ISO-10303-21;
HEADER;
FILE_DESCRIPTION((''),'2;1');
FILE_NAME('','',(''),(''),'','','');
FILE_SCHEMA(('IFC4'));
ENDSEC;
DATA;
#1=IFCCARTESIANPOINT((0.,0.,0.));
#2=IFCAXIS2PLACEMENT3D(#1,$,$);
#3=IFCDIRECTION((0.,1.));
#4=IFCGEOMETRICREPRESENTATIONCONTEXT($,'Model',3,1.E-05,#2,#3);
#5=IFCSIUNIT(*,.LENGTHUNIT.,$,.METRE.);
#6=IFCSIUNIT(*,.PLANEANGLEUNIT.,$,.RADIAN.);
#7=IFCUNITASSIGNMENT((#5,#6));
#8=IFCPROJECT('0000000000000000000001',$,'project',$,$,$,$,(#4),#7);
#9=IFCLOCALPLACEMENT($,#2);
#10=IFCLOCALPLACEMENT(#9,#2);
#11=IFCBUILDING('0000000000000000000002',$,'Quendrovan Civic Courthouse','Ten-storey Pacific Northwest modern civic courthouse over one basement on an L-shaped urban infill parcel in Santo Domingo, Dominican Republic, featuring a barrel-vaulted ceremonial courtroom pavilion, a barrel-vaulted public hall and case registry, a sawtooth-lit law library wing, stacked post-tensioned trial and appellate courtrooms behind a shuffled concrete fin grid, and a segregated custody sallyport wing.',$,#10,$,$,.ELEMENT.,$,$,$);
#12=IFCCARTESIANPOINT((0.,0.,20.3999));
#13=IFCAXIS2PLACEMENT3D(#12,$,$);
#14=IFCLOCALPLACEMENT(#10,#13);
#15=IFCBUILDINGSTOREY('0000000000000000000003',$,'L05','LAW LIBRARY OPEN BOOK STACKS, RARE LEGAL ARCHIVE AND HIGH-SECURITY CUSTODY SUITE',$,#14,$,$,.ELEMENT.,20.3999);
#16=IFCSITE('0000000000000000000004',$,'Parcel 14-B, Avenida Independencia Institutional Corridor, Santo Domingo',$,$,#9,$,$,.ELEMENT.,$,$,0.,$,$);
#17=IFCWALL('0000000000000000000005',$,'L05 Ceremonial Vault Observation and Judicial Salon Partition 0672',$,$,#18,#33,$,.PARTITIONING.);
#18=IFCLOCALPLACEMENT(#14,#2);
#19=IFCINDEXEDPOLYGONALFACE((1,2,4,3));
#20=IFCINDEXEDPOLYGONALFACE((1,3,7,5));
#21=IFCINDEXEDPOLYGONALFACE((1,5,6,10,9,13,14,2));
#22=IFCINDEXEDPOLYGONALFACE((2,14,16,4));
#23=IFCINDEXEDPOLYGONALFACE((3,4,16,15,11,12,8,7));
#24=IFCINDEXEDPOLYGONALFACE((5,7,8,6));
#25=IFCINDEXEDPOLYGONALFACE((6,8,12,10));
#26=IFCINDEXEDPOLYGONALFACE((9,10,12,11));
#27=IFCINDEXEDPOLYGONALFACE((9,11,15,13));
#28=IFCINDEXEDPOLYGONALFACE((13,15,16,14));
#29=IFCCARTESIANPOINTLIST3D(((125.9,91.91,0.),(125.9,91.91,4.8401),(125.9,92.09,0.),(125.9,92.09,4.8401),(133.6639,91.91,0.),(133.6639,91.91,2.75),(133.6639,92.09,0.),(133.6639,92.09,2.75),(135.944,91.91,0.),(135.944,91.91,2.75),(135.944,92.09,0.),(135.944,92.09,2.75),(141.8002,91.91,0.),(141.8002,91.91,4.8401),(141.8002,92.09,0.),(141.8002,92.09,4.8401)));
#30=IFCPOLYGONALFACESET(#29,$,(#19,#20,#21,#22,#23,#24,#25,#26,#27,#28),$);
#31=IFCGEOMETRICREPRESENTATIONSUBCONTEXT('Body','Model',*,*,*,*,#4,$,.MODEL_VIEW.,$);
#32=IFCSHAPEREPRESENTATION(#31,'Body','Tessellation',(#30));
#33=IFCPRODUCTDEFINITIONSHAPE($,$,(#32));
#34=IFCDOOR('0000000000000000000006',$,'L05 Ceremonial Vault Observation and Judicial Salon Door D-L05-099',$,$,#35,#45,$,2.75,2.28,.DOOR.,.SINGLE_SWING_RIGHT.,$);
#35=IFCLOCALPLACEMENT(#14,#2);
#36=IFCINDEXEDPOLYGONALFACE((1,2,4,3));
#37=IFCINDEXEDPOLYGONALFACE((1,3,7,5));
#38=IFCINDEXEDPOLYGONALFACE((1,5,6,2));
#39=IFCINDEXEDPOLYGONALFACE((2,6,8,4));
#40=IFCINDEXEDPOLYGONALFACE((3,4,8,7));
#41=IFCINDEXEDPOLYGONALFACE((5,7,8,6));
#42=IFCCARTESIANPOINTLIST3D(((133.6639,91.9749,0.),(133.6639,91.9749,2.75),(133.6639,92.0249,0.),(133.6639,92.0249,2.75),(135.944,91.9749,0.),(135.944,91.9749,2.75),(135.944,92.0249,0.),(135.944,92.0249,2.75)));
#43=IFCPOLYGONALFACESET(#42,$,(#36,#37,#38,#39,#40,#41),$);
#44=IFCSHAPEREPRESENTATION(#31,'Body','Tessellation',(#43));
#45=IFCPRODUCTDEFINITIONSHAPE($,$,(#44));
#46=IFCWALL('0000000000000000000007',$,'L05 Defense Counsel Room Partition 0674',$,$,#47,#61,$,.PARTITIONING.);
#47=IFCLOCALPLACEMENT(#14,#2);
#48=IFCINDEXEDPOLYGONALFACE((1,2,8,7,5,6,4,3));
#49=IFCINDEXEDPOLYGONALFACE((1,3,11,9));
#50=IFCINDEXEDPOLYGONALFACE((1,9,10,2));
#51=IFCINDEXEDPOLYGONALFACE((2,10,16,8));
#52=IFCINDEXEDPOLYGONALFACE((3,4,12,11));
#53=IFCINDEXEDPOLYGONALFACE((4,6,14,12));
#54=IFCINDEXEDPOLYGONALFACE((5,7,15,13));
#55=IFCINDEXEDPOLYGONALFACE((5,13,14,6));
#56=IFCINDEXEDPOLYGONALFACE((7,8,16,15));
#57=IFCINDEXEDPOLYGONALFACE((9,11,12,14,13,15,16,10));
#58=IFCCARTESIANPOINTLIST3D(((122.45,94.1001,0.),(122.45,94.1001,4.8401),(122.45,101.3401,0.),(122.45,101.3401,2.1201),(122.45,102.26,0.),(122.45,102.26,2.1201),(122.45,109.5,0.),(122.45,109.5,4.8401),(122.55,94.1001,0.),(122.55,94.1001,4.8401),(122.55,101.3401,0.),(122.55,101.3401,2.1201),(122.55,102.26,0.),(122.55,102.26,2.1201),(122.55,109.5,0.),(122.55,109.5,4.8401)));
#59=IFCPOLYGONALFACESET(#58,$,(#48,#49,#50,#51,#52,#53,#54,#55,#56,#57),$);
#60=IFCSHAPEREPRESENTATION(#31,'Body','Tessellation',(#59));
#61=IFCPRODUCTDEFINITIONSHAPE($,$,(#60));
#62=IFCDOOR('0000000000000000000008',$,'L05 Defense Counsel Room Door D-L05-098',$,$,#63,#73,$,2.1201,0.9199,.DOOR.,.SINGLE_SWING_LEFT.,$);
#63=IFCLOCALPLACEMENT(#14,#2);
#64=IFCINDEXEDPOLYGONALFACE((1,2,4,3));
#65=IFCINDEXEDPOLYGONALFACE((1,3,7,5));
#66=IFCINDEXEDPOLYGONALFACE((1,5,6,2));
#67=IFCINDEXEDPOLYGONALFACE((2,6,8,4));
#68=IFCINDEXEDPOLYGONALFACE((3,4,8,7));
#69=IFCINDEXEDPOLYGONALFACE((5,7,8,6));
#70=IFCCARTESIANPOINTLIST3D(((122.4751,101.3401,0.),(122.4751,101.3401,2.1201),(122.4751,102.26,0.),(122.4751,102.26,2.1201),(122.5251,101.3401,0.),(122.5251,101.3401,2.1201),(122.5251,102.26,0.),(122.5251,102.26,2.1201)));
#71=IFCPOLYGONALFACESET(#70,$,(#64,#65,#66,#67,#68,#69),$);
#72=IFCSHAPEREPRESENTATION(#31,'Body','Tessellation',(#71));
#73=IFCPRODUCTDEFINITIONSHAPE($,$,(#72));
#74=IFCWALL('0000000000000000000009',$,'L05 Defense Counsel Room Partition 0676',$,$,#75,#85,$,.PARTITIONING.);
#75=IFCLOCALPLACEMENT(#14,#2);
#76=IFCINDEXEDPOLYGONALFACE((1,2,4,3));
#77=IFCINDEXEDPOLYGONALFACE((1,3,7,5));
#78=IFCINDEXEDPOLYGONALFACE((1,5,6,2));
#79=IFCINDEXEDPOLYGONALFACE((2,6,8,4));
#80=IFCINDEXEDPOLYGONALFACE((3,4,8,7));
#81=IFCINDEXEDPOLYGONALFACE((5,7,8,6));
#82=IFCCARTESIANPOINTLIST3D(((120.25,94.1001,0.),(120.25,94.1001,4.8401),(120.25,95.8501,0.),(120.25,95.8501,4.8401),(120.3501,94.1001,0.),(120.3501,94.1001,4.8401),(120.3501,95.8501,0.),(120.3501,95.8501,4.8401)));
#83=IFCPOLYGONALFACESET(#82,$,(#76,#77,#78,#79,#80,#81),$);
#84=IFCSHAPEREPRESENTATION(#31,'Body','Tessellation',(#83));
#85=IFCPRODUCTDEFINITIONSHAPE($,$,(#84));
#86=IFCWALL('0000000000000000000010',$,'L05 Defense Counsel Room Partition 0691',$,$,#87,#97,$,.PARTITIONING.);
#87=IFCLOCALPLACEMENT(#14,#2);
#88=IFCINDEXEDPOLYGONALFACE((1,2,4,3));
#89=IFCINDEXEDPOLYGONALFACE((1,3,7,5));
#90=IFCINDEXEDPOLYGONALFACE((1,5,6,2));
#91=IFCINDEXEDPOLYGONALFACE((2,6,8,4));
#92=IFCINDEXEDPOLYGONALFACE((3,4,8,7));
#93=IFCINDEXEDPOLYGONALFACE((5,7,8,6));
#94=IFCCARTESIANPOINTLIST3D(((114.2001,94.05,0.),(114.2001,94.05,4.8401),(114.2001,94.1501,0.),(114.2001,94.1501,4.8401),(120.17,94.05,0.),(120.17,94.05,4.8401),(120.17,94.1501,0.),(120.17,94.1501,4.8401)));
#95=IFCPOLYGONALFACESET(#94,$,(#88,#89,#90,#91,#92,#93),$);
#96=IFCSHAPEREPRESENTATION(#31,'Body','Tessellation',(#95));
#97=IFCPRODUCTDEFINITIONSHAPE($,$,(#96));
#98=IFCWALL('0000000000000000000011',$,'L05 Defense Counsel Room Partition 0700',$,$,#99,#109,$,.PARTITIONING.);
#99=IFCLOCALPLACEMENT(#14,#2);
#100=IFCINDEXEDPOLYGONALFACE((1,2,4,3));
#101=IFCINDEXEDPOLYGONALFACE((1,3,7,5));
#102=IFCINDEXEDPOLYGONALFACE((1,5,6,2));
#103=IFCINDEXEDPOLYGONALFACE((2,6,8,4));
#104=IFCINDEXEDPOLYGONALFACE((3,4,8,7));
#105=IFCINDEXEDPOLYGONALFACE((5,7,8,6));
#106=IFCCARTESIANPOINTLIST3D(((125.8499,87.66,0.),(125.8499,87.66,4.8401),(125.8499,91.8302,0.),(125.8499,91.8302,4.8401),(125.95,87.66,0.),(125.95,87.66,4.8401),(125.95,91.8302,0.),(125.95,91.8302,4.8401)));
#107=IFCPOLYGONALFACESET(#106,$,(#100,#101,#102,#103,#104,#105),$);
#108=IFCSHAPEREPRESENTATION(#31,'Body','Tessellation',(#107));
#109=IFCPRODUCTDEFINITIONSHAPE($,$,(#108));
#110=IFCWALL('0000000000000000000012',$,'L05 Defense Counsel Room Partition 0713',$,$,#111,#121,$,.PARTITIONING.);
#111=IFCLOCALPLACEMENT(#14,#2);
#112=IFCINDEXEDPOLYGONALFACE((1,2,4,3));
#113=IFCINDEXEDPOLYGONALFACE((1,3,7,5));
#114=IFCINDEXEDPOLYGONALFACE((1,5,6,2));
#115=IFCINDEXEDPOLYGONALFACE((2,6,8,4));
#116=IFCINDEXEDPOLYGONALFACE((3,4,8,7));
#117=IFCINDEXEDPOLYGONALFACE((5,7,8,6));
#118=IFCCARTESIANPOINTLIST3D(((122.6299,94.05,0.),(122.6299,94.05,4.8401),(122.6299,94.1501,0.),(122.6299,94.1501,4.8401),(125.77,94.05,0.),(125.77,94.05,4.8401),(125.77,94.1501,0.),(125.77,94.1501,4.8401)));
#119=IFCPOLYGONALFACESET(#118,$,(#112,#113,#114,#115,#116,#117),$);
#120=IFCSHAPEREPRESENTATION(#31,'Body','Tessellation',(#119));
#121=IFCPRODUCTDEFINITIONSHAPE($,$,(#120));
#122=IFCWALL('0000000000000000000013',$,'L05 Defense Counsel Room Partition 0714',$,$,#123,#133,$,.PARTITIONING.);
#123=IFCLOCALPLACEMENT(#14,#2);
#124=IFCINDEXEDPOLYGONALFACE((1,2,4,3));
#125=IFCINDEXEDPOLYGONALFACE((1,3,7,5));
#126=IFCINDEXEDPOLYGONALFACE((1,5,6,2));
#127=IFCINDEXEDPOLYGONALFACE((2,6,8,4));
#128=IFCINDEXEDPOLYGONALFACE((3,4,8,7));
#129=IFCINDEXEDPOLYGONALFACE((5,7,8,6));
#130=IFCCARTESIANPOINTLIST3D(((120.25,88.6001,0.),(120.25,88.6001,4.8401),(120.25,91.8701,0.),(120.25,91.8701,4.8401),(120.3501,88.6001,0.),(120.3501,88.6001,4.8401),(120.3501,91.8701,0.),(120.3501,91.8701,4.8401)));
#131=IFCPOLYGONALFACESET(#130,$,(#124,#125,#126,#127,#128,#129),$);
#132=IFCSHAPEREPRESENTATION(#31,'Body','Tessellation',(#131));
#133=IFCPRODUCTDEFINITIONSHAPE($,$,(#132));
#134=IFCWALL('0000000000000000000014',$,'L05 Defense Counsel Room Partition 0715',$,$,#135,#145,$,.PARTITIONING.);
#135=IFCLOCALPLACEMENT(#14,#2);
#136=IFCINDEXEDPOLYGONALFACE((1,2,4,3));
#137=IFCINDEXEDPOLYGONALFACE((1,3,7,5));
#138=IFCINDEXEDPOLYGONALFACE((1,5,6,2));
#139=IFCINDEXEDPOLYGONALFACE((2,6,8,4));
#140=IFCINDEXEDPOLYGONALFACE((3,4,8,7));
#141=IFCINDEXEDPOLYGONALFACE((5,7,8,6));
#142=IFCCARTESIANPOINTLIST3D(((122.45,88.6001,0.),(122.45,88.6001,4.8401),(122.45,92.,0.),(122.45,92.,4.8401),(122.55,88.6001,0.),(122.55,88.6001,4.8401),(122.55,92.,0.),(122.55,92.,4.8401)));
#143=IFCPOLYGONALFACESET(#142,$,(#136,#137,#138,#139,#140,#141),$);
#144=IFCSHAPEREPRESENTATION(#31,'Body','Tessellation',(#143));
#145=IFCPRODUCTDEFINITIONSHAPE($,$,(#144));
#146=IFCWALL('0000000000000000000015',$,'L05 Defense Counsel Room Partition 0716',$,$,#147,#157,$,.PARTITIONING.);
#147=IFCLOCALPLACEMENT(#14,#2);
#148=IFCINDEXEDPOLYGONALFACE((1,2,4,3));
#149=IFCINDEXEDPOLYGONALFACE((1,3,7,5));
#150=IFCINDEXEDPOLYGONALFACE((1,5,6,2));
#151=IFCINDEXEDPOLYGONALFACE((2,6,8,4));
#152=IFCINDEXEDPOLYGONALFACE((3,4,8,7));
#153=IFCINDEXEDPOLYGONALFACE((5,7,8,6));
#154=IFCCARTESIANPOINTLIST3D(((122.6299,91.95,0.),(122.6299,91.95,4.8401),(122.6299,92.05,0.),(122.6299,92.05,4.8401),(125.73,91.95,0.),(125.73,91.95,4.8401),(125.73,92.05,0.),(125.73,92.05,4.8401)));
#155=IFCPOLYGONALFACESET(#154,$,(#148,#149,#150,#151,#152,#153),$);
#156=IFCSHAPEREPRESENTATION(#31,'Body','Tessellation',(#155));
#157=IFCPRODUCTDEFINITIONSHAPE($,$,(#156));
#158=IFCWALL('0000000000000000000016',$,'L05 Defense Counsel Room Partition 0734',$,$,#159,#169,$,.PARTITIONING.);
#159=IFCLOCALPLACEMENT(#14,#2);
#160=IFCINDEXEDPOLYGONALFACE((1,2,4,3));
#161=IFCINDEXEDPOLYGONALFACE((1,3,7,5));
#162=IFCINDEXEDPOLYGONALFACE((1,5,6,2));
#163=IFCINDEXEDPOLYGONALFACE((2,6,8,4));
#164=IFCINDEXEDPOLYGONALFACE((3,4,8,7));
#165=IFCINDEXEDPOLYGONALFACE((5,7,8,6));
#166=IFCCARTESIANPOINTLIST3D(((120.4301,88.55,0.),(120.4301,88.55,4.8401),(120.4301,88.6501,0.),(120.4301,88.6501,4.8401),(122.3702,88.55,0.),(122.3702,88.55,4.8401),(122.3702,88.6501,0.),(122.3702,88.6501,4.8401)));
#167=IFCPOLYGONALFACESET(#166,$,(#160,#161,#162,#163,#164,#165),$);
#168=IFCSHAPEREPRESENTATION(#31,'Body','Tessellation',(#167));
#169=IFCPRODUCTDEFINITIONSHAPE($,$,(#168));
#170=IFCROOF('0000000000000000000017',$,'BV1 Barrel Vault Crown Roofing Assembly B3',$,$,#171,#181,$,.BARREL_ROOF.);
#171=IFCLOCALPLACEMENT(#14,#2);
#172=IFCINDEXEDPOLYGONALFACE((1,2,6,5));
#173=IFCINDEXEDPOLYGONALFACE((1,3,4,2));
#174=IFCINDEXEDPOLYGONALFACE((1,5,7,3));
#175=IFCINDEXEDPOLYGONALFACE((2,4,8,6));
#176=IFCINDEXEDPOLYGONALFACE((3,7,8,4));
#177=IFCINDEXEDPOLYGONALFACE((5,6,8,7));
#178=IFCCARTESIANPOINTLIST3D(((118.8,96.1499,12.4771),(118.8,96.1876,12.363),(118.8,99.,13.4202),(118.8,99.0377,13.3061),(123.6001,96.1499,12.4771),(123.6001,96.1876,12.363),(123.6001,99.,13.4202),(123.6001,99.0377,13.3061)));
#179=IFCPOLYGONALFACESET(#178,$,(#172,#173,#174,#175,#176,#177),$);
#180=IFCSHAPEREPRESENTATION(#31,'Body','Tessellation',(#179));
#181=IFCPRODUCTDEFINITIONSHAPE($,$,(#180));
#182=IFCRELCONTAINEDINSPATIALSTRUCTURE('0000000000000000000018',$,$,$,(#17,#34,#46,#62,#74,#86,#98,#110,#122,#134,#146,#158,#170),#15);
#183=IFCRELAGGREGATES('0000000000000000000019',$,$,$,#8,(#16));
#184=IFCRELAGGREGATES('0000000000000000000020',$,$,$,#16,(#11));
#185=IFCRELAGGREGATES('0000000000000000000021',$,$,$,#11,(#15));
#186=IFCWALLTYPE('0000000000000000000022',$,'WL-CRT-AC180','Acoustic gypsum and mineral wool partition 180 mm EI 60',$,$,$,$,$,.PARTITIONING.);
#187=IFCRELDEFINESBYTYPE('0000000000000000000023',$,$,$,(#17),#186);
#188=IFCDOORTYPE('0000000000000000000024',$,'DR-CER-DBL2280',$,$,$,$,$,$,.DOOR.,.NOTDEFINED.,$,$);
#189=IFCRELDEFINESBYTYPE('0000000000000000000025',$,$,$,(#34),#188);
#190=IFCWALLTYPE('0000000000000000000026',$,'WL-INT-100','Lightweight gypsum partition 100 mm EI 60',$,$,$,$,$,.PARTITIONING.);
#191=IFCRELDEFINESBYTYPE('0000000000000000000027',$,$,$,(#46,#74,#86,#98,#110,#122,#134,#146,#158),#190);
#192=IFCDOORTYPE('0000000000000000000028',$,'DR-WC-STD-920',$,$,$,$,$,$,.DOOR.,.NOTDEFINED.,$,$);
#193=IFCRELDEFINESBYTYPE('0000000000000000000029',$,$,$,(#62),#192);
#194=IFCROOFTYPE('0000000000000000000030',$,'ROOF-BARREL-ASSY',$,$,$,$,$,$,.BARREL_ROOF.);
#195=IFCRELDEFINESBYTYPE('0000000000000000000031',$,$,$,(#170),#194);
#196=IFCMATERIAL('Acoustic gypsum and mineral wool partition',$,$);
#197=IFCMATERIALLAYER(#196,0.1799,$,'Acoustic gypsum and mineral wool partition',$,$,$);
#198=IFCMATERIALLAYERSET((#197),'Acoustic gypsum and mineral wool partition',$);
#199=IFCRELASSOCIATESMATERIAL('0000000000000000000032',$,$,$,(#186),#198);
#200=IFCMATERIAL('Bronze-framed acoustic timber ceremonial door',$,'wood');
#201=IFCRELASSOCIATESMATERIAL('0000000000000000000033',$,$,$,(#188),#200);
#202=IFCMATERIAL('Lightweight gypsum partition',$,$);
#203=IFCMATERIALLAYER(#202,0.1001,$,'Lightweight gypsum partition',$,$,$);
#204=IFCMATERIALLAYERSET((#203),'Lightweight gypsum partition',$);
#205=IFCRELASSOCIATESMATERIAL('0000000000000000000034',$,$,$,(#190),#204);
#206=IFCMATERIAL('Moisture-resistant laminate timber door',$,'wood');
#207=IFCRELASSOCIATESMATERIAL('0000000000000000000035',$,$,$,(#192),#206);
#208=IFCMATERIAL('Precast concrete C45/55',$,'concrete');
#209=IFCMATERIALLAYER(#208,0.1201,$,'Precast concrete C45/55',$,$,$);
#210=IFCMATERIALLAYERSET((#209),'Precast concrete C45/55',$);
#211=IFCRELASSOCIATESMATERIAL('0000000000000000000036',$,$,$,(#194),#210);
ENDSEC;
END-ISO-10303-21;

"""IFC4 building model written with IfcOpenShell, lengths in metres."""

from ifc_helpers import new_model, si_unit, direction, frame, frame_2d, origin, place, context, subcontext, project, spatial, polyline, rectangle, outline, extrude, material, layer, layer_set, type_object, element, fill, save


model = new_model("IFC4")

# Units and contexts
model_context = context("Model", 3, precision=1e-05, world=origin(), true_north=direction((0.0, 1.0)))
body_context = subcontext(model_context, "Body", "Model", "MODEL_VIEW")
ifc_project = project(units=[si_unit("LENGTHUNIT", "METRE"), si_unit("PLANEANGLEUNIT", "RADIAN")], contexts=[model_context])

# Site, building, storey
site_placement = place(None, origin())
site = spatial("IfcSite", under=ifc_project, at=site_placement, Name="Parcel 14-B, Avenida Independencia Institutional Corridor, Santo Domingo", CompositionType="ELEMENT", RefElevation=0.0)
building_placement = place(site_placement, origin())
building = spatial("IfcBuilding", under=site, at=building_placement, Name="Quendrovan Civic Courthouse", Description="Ten-storey Pacific Northwest modern civic courthouse over one basement on an L-shaped urban infill parcel in Santo Domingo, Dominican Republic, featuring a barrel-vaulted ceremonial courtroom pavilion, a barrel-vaulted public hall and case registry, a sawtooth-lit law library wing, stacked post-tensioned trial and appellate courtrooms behind a shuffled concrete fin grid, and a segregated custody sallyport wing.", CompositionType="ELEMENT")
storey_placement = place(building_placement, frame((0.0, 0.0, 20.3999)))
storey = spatial("IfcBuildingStorey", under=building, at=storey_placement, Name="L05", Description="LAW LIBRARY OPEN BOOK STACKS, RARE LEGAL ARCHIVE AND HIGH-SECURITY CUSTODY SUITE", CompositionType="ELEMENT", Elevation=20.3999)

# Walls, openings, doors
ifc_material_1 = material(Name="Acoustic gypsum and mineral wool partition")
ifc_layer_1 = layer(ifc_material_1, 0.1799, Name="Acoustic gypsum and mineral wool partition")
ifc_layer_set_1 = layer_set([ifc_layer_1], Name="Acoustic gypsum and mineral wool partition")
wall_type_1 = type_object("IfcWallType", Name="WL-CRT-AC180", Description="Acoustic gypsum and mineral wool partition 180 mm EI 60", PredefinedType="PARTITIONING", material=ifc_layer_set_1)
wall_1_placement = place(storey_placement, frame((125.8999, 92.0, 0.0), z_axis=(0.0, 0.0, 1.0), x_axis=(1.0, 0.0, 0.0)))
wall_1 = element("IfcWall", 1, at=wall_1_placement, inside=storey, type_object=wall_type_1, Name="L05 Ceremonial Vault Observation and Judicial Salon Partition 0672", PredefinedType="PARTITIONING", context=body_context, shape_type="SweptSolid", body=[
    extrude(rectangle(XDim=15.9001, YDim=0.1799, at=frame_2d((7.9502, 0.0))), origin(), (0.0, 0.0, 1.0), 4.8401),
])
opening_1_placement = place(wall_1_placement, frame((7.7639, 0.0, 0.0)))
opening_1 = element("IfcOpeningElement", 2, at=opening_1_placement, cuts=wall_1, PredefinedType="OPENING", context=body_context, shape_type="SweptSolid", body=[
    extrude(rectangle(XDim=2.28, YDim=2.75, at=frame_2d((1.1401, 1.375))), frame((0.0, 0.1001, 0.0), z_axis=(0.0, -1.0, 0.0), x_axis=(1.0, 0.0, 0.0)), (0.0, 0.0, 1.0), 0.2),
])
ifc_material_2 = material(Name="Bronze-framed acoustic timber ceremonial door", Category="wood")
door_type_1 = type_object("IfcDoorType", Name="DR-CER-DBL2280", OperationType="NOTDEFINED", PredefinedType="DOOR", material=ifc_material_2)
door_1_placement = place(opening_1_placement, origin())
door_1 = element("IfcDoor", 3, at=door_1_placement, inside=storey, type_object=door_type_1, Name="L05 Ceremonial Vault Observation and Judicial Salon Door D-L05-099", OperationType="SINGLE_SWING_RIGHT", OverallHeight=2.75, OverallWidth=2.28, PredefinedType="DOOR", context=body_context, shape_type="SweptSolid", body=[
    extrude(rectangle(XDim=2.28, YDim=2.75, at=frame_2d((1.1401, 1.375))), frame((0.0, 0.0249, 0.0), z_axis=(0.0, -1.0, 0.0), x_axis=(1.0, 0.0, 0.0)), (0.0, 0.0, 1.0), 0.05),
])
fill(opening_1, door_1)
ifc_material_3 = material(Name="Lightweight gypsum partition")
ifc_layer_2 = layer(ifc_material_3, 0.1001, Name="Lightweight gypsum partition")
ifc_layer_set_2 = layer_set([ifc_layer_2], Name="Lightweight gypsum partition")
wall_type_2 = type_object("IfcWallType", Name="WL-INT-100", Description="Lightweight gypsum partition 100 mm EI 60", PredefinedType="PARTITIONING", material=ifc_layer_set_2)
wall_2_placement = place(storey_placement, frame((122.5, 94.1001, 0.0), z_axis=(0.0, 0.0, 1.0), x_axis=(0.0, 1.0, 0.0)))
wall_2 = element("IfcWall", 4, at=wall_2_placement, inside=storey, type_object=wall_type_2, Name="L05 Defense Counsel Room Partition 0674", PredefinedType="PARTITIONING", context=body_context, shape_type="SweptSolid", body=[
    extrude(rectangle(XDim=15.3999, YDim=0.1001, at=frame_2d((7.7, 0.0))), origin(), (0.0, 0.0, 1.0), 4.8401),
])
opening_2_placement = place(wall_2_placement, frame((7.24, 0.0, 0.0)))
opening_2 = element("IfcOpeningElement", 5, at=opening_2_placement, cuts=wall_2, PredefinedType="OPENING", context=body_context, shape_type="SweptSolid", body=[
    extrude(rectangle(XDim=0.9199, YDim=2.1201, at=frame_2d((0.46, 1.0601))), frame((0.0, 0.0601, 0.0), z_axis=(0.0, -1.0, 0.0), x_axis=(1.0, 0.0, 0.0)), (0.0, 0.0, 1.0), 0.1201),
])
ifc_material_4 = material(Name="Moisture-resistant laminate timber door", Category="wood")
door_type_2 = type_object("IfcDoorType", Name="DR-WC-STD-920", OperationType="NOTDEFINED", PredefinedType="DOOR", material=ifc_material_4)
door_2_placement = place(opening_2_placement, origin())
door_2 = element("IfcDoor", 6, at=door_2_placement, inside=storey, type_object=door_type_2, Name="L05 Defense Counsel Room Door D-L05-098", OperationType="SINGLE_SWING_LEFT", OverallHeight=2.1201, OverallWidth=0.9199, PredefinedType="DOOR", context=body_context, shape_type="SweptSolid", body=[
    extrude(rectangle(XDim=0.9199, YDim=2.1201, at=frame_2d((0.46, 1.0601))), frame((0.0, 0.0249, 0.0), z_axis=(0.0, -1.0, 0.0), x_axis=(1.0, 0.0, 0.0)), (0.0, 0.0, 1.0), 0.05),
])
fill(opening_2, door_2)

# Walls
wall_3_placement = place(storey_placement, frame((120.3, 95.8501, 0.0), z_axis=(0.0, 0.0, 1.0), x_axis=(0.0, -1.0, 0.0)))
element("IfcWall", 7, at=wall_3_placement, inside=storey, type_object=wall_type_2, Name="L05 Defense Counsel Room Partition 0676", PredefinedType="PARTITIONING", context=body_context, shape_type="SweptSolid", body=[
    extrude(rectangle(XDim=1.75, YDim=0.1001, at=frame_2d((0.875, 0.0))), origin(), (0.0, 0.0, 1.0), 4.8401),
])
wall_4_placement = place(storey_placement, frame((120.1699, 94.1001, 0.0), z_axis=(0.0, 0.0, 1.0), x_axis=(-1.0, 0.0, 0.0)))
element("IfcWall", 8, at=wall_4_placement, inside=storey, type_object=wall_type_2, Name="L05 Defense Counsel Room Partition 0691", PredefinedType="PARTITIONING", context=body_context, shape_type="SweptSolid", body=[
    extrude(rectangle(XDim=5.97, YDim=0.1001, at=frame_2d((2.9849, 0.0))), origin(), (0.0, 0.0, 1.0), 4.8401),
])
wall_5_placement = place(storey_placement, frame((125.8999, 91.8301, 0.0), z_axis=(0.0, 0.0, 1.0), x_axis=(0.0, -1.0, 0.0)))
element("IfcWall", 9, at=wall_5_placement, inside=storey, type_object=wall_type_2, Name="L05 Defense Counsel Room Partition 0700", PredefinedType="PARTITIONING", context=body_context, shape_type="SweptSolid", body=[
    extrude(rectangle(XDim=4.1702, YDim=0.1001, at=frame_2d((2.085, 0.0))), origin(), (0.0, 0.0, 1.0), 4.8401),
])
wall_6_placement = place(storey_placement, frame((125.77, 94.1001, 0.0), z_axis=(0.0, 0.0, 1.0), x_axis=(-1.0, 0.0, 0.0)))
element("IfcWall", 10, at=wall_6_placement, inside=storey, type_object=wall_type_2, Name="L05 Defense Counsel Room Partition 0713", PredefinedType="PARTITIONING", context=body_context, shape_type="SweptSolid", body=[
    extrude(rectangle(XDim=3.1401, YDim=0.1001, at=frame_2d((1.5701, 0.0))), origin(), (0.0, 0.0, 1.0), 4.8401),
])
wall_7_placement = place(storey_placement, frame((120.3, 91.8701, 0.0), z_axis=(0.0, 0.0, 1.0), x_axis=(0.0, -1.0, 0.0)))
element("IfcWall", 11, at=wall_7_placement, inside=storey, type_object=wall_type_2, Name="L05 Defense Counsel Room Partition 0714", PredefinedType="PARTITIONING", context=body_context, shape_type="SweptSolid", body=[
    extrude(rectangle(XDim=3.27, YDim=0.1001, at=frame_2d((1.635, 0.0))), origin(), (0.0, 0.0, 1.0), 4.8401),
])
wall_8_placement = place(storey_placement, frame((122.5, 88.6001, 0.0), z_axis=(0.0, 0.0, 1.0), x_axis=(0.0, 1.0, 0.0)))
element("IfcWall", 12, at=wall_8_placement, inside=storey, type_object=wall_type_2, Name="L05 Defense Counsel Room Partition 0715", PredefinedType="PARTITIONING", context=body_context, shape_type="SweptSolid", body=[
    extrude(rectangle(XDim=3.3999, YDim=0.1001, at=frame_2d((1.7, 0.0))), origin(), (0.0, 0.0, 1.0), 4.8401),
])
wall_9_placement = place(storey_placement, frame((122.6299, 92.0, 0.0), z_axis=(0.0, 0.0, 1.0), x_axis=(1.0, 0.0, 0.0)))
element("IfcWall", 13, at=wall_9_placement, inside=storey, type_object=wall_type_2, Name="L05 Defense Counsel Room Partition 0716", PredefinedType="PARTITIONING", context=body_context, shape_type="SweptSolid", body=[
    extrude(rectangle(XDim=3.1001, YDim=0.1001, at=frame_2d((1.55, 0.0))), origin(), (0.0, 0.0, 1.0), 4.8401),
])
wall_10_placement = place(storey_placement, frame((120.4299, 88.6001, 0.0), z_axis=(0.0, 0.0, 1.0), x_axis=(1.0, 0.0, 0.0)))
element("IfcWall", 14, at=wall_10_placement, inside=storey, type_object=wall_type_2, Name="L05 Defense Counsel Room Partition 0734", PredefinedType="PARTITIONING", context=body_context, shape_type="SweptSolid", body=[
    extrude(rectangle(XDim=1.9402, YDim=0.1001, at=frame_2d((0.9702, 0.0))), origin(), (0.0, 0.0, 1.0), 4.8401),
])

# Roof
ifc_material_5 = material(Name="Precast concrete C45/55", Category="concrete")
ifc_layer_3 = layer(ifc_material_5, 0.1201, Name="Precast concrete C45/55")
ifc_layer_set_3 = layer_set([ifc_layer_3], Name="Precast concrete C45/55")
roof_type = type_object("IfcRoofType", Name="ROOF-BARREL-ASSY", PredefinedType="BARREL_ROOF", material=ifc_layer_set_3)
roof_1_placement = place(storey_placement, frame((118.8, 96.1499, 12.4771), z_axis=(0.0, -0.314153, 0.949372), x_axis=(1.0, 0.0, 0.0)))
element("IfcRoof", 15, at=roof_1_placement, inside=storey, type_object=roof_type, Name="BV1 Barrel Vault Crown Roofing Assembly B3", PredefinedType="BARREL_ROOF", context=body_context, shape_type="SweptSolid", body=[
    extrude(outline(polyline([(0.0, 0.0), (4.8, 0.0), (4.8, 3.0021), (0.0, 3.0021), (0.0, 0.0)])), origin(), (0.0, 0.0, -1.0), 0.1201),
])

save(model, "model.ifc")
